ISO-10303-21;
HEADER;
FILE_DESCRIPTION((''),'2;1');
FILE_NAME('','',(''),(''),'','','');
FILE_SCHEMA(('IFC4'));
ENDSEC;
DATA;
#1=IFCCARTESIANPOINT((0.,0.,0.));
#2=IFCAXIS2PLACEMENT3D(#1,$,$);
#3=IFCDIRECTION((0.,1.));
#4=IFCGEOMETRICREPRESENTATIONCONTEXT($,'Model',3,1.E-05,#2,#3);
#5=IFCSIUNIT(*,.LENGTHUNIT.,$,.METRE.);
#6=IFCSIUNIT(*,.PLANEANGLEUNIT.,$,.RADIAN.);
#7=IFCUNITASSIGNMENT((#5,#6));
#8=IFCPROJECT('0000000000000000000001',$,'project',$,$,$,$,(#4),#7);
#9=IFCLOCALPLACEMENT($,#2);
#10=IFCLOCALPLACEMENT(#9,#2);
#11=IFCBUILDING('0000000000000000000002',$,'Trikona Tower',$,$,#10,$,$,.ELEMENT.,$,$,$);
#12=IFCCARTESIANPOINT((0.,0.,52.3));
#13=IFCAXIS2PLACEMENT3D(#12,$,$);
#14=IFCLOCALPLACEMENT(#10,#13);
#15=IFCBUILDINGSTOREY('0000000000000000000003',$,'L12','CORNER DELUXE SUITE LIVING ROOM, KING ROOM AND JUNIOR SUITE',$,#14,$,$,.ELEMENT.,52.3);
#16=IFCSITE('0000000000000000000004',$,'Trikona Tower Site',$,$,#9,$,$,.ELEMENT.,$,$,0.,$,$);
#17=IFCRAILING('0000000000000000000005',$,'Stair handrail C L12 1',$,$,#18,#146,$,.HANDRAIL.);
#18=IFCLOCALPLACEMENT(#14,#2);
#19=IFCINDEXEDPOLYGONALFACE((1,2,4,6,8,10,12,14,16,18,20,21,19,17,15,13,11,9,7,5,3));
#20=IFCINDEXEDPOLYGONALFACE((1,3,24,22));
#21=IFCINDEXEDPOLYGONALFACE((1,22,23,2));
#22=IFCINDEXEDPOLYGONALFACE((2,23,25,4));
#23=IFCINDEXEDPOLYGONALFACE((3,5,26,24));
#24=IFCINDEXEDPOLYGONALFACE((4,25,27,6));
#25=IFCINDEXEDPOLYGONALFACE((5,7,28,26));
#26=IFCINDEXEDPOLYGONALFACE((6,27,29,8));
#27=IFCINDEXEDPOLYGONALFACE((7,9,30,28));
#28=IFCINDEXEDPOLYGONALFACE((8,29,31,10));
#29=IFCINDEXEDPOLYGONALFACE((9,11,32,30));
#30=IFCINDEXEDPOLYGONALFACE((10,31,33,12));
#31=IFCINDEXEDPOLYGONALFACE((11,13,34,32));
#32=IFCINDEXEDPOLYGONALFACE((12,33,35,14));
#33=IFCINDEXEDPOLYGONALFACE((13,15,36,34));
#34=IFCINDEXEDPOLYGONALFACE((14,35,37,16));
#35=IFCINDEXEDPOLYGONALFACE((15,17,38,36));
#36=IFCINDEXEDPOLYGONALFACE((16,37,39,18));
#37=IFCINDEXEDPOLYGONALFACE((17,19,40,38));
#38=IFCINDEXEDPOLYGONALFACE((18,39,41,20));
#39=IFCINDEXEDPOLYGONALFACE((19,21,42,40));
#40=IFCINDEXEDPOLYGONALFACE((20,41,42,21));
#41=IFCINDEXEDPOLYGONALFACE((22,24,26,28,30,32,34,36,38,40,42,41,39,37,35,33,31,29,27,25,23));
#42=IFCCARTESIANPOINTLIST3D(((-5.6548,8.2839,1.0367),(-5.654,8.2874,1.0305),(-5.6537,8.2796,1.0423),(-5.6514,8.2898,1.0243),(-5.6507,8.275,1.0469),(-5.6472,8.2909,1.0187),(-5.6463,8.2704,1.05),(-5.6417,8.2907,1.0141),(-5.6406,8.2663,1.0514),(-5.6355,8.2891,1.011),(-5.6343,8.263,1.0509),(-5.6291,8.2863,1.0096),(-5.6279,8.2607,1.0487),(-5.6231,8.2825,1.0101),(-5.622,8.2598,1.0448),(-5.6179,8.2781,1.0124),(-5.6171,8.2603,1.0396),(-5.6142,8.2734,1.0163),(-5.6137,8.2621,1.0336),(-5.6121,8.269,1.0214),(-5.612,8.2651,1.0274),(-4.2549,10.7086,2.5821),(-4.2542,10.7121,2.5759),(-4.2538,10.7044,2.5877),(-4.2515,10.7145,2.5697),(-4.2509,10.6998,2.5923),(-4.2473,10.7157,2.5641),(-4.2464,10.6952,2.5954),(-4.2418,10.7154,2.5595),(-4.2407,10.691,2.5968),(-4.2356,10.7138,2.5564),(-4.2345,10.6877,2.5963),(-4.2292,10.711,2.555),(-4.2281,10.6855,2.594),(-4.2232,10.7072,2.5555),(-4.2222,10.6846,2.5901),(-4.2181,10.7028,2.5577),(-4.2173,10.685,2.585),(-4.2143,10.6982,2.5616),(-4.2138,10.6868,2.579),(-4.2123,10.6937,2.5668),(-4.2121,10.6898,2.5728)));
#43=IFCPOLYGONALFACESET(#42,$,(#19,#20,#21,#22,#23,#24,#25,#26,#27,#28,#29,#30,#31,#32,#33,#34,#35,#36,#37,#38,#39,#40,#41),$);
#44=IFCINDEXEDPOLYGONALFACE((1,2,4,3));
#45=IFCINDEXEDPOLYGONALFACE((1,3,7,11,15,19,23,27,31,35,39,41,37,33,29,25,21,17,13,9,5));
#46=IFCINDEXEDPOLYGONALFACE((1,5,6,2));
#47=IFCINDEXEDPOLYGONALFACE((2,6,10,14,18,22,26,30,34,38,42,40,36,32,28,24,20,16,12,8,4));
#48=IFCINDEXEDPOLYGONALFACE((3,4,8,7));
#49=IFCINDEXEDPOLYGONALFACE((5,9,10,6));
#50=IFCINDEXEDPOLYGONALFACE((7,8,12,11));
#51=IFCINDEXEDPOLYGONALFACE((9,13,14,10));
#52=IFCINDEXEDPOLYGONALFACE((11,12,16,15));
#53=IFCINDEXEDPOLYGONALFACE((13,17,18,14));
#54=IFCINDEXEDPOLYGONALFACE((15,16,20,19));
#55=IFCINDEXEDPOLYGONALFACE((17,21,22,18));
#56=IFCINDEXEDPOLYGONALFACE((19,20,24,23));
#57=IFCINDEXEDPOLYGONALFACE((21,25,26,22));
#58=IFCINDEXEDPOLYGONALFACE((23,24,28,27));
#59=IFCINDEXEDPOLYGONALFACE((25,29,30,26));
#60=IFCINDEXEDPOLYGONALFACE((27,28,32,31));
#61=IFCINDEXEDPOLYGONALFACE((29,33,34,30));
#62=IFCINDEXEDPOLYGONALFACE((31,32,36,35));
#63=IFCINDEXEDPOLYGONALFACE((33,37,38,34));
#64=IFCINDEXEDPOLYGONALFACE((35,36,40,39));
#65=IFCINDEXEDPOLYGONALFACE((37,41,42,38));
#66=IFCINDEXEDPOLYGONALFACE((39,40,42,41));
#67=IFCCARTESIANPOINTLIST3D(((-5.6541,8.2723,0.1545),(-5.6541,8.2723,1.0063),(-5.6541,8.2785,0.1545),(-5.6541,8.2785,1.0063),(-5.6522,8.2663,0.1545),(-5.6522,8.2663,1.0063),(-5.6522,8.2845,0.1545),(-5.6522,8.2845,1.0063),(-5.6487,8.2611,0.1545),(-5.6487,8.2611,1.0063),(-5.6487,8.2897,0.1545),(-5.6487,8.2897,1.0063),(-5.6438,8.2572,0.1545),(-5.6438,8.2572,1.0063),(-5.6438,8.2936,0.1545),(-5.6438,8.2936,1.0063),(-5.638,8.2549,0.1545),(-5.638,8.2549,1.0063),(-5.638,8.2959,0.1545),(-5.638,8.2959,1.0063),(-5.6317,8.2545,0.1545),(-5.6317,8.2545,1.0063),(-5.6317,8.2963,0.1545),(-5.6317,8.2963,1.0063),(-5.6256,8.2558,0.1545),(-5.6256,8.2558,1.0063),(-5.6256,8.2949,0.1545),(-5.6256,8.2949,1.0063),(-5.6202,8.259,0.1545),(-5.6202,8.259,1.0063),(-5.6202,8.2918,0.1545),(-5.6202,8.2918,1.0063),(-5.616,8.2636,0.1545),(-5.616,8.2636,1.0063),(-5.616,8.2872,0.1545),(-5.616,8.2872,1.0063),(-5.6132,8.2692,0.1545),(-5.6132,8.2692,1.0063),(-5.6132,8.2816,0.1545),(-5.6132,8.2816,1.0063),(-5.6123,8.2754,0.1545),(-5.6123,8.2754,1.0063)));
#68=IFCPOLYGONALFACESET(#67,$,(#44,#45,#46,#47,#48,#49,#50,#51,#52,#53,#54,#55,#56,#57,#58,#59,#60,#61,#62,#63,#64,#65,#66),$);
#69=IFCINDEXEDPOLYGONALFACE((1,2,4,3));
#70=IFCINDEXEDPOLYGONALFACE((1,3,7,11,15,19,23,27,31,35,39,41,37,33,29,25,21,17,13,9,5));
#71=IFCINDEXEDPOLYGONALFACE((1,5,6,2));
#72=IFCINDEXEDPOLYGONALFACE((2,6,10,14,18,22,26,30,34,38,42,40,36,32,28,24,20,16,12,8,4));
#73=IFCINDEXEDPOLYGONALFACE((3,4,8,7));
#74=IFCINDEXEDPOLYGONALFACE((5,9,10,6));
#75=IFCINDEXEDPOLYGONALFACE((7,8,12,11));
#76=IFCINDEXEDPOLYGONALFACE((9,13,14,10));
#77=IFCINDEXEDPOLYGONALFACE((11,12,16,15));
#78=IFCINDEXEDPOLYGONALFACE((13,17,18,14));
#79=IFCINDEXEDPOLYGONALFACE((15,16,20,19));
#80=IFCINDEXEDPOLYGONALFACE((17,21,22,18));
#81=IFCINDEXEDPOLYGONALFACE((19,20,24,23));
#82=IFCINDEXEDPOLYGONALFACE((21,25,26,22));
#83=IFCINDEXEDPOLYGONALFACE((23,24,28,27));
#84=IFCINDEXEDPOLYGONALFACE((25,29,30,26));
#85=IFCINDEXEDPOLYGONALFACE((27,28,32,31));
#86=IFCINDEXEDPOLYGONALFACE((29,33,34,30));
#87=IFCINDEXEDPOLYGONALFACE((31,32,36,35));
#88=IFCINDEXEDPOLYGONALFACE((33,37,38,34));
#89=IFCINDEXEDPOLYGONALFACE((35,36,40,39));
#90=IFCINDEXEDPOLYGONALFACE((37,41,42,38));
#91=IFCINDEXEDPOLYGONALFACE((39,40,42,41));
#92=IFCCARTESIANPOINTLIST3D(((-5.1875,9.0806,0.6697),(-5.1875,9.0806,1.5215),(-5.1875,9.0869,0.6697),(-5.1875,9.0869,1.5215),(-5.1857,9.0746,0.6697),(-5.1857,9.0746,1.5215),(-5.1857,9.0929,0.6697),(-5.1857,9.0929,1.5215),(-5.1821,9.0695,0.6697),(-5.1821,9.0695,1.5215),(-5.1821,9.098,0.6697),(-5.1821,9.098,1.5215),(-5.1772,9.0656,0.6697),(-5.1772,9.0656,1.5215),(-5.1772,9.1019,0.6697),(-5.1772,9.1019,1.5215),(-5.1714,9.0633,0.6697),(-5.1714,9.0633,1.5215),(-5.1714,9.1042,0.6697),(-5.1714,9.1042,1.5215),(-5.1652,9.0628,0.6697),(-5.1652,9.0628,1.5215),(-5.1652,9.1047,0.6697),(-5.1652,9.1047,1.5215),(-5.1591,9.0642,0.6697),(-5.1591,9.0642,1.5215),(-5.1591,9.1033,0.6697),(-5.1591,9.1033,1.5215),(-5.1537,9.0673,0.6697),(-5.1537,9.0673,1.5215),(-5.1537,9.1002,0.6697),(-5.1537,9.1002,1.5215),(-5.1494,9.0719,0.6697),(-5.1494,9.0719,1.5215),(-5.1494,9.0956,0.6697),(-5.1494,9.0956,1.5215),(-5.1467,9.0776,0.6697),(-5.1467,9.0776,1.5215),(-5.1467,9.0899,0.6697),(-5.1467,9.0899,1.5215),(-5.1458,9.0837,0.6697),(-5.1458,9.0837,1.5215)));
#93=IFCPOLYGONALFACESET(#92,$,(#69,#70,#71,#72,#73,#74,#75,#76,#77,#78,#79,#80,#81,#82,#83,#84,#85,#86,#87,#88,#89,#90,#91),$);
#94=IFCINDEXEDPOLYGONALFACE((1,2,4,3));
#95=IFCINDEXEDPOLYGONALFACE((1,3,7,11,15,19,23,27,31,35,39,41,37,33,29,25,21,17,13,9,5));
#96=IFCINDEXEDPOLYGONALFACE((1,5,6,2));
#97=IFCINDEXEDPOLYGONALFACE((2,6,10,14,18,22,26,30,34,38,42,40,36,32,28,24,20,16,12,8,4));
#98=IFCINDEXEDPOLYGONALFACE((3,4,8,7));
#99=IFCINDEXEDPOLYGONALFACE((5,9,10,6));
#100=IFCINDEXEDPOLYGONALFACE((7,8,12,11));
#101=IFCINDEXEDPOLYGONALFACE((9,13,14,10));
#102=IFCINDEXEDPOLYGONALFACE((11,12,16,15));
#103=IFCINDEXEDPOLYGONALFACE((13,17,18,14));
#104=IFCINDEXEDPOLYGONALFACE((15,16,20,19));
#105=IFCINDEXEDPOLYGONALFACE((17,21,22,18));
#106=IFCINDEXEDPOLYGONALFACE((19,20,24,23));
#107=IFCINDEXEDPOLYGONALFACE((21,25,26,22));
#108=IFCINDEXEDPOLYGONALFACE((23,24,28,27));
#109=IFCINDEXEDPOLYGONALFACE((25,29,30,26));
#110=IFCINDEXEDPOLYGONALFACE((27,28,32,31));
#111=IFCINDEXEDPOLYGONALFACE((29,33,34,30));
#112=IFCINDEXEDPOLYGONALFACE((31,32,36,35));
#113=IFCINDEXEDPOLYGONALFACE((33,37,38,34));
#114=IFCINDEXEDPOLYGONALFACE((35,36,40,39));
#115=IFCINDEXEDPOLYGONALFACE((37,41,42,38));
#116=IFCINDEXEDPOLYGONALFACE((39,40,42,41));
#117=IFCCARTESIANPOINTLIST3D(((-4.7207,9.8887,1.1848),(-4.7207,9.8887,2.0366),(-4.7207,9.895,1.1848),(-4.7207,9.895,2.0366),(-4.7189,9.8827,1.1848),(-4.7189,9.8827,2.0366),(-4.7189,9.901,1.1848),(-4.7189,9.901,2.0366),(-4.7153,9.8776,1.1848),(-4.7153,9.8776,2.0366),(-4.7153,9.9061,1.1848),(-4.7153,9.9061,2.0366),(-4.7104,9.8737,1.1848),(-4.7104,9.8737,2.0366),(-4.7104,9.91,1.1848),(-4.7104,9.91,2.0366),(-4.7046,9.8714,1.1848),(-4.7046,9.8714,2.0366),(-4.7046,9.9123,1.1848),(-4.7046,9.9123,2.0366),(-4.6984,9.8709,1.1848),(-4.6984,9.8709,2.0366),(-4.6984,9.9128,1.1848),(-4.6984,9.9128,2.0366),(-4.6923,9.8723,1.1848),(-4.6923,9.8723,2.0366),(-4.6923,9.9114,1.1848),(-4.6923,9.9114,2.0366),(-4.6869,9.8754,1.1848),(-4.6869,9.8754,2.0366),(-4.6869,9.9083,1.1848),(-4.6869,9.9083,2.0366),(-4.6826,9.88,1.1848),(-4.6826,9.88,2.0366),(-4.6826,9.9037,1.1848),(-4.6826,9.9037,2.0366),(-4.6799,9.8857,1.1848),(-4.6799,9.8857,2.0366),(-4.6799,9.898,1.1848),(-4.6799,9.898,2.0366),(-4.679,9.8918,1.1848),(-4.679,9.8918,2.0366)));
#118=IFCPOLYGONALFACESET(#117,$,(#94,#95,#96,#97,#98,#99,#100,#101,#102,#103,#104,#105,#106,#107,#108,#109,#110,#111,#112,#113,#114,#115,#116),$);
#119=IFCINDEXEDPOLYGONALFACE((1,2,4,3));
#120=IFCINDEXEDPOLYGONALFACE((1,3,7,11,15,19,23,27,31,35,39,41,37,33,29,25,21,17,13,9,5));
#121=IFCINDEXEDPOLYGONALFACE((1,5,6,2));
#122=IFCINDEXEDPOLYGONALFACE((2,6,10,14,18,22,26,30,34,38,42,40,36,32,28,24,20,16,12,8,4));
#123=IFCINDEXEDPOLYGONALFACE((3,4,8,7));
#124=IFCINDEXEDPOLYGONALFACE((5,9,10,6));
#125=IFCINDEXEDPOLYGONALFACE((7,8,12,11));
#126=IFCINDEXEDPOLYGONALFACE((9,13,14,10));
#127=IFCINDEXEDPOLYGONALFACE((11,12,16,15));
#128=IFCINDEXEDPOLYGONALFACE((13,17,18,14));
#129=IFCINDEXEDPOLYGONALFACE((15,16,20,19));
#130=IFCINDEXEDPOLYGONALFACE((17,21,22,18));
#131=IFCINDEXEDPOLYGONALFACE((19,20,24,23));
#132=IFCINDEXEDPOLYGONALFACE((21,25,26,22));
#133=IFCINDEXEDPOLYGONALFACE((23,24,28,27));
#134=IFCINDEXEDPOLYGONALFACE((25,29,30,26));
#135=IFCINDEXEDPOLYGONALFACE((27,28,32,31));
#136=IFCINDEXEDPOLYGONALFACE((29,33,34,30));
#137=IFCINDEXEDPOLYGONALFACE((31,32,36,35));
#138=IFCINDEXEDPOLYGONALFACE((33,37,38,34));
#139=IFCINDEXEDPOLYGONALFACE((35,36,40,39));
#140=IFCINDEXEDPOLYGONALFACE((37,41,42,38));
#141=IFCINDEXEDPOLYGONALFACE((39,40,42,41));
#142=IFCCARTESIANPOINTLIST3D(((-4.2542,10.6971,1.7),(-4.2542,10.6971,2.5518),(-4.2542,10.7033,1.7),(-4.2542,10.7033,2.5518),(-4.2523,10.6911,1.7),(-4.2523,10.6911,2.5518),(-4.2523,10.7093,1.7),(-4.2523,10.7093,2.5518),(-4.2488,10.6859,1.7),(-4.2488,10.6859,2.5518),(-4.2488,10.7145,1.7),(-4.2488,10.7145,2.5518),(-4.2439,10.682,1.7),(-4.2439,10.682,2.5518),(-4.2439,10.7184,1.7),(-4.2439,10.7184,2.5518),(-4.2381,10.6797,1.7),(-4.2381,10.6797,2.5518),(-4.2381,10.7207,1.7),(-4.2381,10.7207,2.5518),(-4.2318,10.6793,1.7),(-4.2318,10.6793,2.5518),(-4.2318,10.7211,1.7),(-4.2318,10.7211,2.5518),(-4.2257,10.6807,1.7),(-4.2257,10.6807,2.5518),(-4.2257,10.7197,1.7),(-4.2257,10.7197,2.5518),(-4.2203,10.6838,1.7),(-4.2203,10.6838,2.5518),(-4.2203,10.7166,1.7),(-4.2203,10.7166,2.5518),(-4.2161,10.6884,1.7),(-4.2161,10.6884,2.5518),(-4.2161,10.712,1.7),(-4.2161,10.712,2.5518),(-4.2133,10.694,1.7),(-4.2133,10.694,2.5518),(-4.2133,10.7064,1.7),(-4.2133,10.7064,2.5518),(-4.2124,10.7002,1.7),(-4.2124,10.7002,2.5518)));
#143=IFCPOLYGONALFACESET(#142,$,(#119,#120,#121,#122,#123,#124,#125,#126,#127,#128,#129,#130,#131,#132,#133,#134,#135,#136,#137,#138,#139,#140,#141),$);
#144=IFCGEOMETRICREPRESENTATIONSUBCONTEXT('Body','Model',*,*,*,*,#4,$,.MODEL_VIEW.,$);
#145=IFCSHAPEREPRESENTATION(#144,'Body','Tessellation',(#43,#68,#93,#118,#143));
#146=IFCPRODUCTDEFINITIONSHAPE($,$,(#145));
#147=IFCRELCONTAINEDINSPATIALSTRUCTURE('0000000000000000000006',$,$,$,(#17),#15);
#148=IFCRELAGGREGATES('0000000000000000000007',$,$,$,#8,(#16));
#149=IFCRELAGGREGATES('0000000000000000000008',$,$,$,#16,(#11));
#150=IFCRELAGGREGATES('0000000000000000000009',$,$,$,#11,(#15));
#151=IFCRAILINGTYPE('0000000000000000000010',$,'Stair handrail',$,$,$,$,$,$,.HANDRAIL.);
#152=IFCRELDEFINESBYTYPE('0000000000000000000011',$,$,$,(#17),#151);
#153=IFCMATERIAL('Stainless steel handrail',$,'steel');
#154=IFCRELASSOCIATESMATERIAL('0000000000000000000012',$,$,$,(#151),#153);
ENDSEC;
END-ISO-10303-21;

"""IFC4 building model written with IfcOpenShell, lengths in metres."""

from ifc_helpers import new_model, si_unit, direction, frame, origin, origin_2d, place, context, subcontext, project, spatial, circle, extrude, material, type_object, element, save


model = new_model("IFC4")

# Units and contexts
model_context = context("Model", 3, precision=1e-05, world=origin(), true_north=direction((0.0, 1.0)))
body_context = subcontext(model_context, "Body", "Model", "MODEL_VIEW")
ifc_project = project(units=[si_unit("LENGTHUNIT", "METRE"), si_unit("PLANEANGLEUNIT", "RADIAN")], contexts=[model_context])

# Site, building, storey
site_placement = place(None, origin())
site = spatial("IfcSite", under=ifc_project, at=site_placement, Name="Trikona Tower Site", CompositionType="ELEMENT", RefElevation=0.0)
building_placement = place(site_placement, origin())
building = spatial("IfcBuilding", under=site, at=building_placement, Name="Trikona Tower", CompositionType="ELEMENT")
storey_placement = place(building_placement, frame((0.0, 0.0, 52.3)))
storey = spatial("IfcBuildingStorey", under=building, at=storey_placement, Name="L12", Description="CORNER DELUXE SUITE LIVING ROOM, KING ROOM AND JUNIOR SUITE", CompositionType="ELEMENT", Elevation=52.3)

# Railing
ifc_material_1 = material(Name="Stainless steel handrail", Category="steel")
railing_type = type_object("IfcRailingType", Name="Stair handrail", PredefinedType="HANDRAIL", material=ifc_material_1)
railing_1_placement = place(storey_placement, frame((-5.6333, 8.2754, 0.1545)))
element("IfcRailing", 1, at=railing_1_placement, inside=storey, type_object=railing_type, Name="Stair handrail C L12 1", PredefinedType="HANDRAIL", context=body_context, shape_type="SweptSolid", body=[
    extrude(circle(Radius=0.0239, at=origin_2d()), frame((0.0, 0.0, 0.876), z_axis=(0.437733, 0.758207, 0.483231), x_axis=(-0.866035, 0.499984, 0.0)), (0.0, 0.0, 1.0), 3.198),
    extrude(circle(Radius=0.021, at=origin_2d()), origin(), (0.0, 0.0, 1.0), 0.8518),
    extrude(circle(Radius=0.021, at=origin_2d()), frame((0.4666, 0.8083, 0.5151)), (0.0, 0.0, 1.0), 0.8518),
    extrude(circle(Radius=0.021, at=origin_2d()), frame((0.9333, 1.6165, 1.0303)), (0.0, 0.0, 1.0), 0.8518),
    extrude(circle(Radius=0.021, at=origin_2d()), frame((1.3999, 2.4248, 1.5454)), (0.0, 0.0, 1.0), 0.8518),
])

save(model, "model.ifc")
